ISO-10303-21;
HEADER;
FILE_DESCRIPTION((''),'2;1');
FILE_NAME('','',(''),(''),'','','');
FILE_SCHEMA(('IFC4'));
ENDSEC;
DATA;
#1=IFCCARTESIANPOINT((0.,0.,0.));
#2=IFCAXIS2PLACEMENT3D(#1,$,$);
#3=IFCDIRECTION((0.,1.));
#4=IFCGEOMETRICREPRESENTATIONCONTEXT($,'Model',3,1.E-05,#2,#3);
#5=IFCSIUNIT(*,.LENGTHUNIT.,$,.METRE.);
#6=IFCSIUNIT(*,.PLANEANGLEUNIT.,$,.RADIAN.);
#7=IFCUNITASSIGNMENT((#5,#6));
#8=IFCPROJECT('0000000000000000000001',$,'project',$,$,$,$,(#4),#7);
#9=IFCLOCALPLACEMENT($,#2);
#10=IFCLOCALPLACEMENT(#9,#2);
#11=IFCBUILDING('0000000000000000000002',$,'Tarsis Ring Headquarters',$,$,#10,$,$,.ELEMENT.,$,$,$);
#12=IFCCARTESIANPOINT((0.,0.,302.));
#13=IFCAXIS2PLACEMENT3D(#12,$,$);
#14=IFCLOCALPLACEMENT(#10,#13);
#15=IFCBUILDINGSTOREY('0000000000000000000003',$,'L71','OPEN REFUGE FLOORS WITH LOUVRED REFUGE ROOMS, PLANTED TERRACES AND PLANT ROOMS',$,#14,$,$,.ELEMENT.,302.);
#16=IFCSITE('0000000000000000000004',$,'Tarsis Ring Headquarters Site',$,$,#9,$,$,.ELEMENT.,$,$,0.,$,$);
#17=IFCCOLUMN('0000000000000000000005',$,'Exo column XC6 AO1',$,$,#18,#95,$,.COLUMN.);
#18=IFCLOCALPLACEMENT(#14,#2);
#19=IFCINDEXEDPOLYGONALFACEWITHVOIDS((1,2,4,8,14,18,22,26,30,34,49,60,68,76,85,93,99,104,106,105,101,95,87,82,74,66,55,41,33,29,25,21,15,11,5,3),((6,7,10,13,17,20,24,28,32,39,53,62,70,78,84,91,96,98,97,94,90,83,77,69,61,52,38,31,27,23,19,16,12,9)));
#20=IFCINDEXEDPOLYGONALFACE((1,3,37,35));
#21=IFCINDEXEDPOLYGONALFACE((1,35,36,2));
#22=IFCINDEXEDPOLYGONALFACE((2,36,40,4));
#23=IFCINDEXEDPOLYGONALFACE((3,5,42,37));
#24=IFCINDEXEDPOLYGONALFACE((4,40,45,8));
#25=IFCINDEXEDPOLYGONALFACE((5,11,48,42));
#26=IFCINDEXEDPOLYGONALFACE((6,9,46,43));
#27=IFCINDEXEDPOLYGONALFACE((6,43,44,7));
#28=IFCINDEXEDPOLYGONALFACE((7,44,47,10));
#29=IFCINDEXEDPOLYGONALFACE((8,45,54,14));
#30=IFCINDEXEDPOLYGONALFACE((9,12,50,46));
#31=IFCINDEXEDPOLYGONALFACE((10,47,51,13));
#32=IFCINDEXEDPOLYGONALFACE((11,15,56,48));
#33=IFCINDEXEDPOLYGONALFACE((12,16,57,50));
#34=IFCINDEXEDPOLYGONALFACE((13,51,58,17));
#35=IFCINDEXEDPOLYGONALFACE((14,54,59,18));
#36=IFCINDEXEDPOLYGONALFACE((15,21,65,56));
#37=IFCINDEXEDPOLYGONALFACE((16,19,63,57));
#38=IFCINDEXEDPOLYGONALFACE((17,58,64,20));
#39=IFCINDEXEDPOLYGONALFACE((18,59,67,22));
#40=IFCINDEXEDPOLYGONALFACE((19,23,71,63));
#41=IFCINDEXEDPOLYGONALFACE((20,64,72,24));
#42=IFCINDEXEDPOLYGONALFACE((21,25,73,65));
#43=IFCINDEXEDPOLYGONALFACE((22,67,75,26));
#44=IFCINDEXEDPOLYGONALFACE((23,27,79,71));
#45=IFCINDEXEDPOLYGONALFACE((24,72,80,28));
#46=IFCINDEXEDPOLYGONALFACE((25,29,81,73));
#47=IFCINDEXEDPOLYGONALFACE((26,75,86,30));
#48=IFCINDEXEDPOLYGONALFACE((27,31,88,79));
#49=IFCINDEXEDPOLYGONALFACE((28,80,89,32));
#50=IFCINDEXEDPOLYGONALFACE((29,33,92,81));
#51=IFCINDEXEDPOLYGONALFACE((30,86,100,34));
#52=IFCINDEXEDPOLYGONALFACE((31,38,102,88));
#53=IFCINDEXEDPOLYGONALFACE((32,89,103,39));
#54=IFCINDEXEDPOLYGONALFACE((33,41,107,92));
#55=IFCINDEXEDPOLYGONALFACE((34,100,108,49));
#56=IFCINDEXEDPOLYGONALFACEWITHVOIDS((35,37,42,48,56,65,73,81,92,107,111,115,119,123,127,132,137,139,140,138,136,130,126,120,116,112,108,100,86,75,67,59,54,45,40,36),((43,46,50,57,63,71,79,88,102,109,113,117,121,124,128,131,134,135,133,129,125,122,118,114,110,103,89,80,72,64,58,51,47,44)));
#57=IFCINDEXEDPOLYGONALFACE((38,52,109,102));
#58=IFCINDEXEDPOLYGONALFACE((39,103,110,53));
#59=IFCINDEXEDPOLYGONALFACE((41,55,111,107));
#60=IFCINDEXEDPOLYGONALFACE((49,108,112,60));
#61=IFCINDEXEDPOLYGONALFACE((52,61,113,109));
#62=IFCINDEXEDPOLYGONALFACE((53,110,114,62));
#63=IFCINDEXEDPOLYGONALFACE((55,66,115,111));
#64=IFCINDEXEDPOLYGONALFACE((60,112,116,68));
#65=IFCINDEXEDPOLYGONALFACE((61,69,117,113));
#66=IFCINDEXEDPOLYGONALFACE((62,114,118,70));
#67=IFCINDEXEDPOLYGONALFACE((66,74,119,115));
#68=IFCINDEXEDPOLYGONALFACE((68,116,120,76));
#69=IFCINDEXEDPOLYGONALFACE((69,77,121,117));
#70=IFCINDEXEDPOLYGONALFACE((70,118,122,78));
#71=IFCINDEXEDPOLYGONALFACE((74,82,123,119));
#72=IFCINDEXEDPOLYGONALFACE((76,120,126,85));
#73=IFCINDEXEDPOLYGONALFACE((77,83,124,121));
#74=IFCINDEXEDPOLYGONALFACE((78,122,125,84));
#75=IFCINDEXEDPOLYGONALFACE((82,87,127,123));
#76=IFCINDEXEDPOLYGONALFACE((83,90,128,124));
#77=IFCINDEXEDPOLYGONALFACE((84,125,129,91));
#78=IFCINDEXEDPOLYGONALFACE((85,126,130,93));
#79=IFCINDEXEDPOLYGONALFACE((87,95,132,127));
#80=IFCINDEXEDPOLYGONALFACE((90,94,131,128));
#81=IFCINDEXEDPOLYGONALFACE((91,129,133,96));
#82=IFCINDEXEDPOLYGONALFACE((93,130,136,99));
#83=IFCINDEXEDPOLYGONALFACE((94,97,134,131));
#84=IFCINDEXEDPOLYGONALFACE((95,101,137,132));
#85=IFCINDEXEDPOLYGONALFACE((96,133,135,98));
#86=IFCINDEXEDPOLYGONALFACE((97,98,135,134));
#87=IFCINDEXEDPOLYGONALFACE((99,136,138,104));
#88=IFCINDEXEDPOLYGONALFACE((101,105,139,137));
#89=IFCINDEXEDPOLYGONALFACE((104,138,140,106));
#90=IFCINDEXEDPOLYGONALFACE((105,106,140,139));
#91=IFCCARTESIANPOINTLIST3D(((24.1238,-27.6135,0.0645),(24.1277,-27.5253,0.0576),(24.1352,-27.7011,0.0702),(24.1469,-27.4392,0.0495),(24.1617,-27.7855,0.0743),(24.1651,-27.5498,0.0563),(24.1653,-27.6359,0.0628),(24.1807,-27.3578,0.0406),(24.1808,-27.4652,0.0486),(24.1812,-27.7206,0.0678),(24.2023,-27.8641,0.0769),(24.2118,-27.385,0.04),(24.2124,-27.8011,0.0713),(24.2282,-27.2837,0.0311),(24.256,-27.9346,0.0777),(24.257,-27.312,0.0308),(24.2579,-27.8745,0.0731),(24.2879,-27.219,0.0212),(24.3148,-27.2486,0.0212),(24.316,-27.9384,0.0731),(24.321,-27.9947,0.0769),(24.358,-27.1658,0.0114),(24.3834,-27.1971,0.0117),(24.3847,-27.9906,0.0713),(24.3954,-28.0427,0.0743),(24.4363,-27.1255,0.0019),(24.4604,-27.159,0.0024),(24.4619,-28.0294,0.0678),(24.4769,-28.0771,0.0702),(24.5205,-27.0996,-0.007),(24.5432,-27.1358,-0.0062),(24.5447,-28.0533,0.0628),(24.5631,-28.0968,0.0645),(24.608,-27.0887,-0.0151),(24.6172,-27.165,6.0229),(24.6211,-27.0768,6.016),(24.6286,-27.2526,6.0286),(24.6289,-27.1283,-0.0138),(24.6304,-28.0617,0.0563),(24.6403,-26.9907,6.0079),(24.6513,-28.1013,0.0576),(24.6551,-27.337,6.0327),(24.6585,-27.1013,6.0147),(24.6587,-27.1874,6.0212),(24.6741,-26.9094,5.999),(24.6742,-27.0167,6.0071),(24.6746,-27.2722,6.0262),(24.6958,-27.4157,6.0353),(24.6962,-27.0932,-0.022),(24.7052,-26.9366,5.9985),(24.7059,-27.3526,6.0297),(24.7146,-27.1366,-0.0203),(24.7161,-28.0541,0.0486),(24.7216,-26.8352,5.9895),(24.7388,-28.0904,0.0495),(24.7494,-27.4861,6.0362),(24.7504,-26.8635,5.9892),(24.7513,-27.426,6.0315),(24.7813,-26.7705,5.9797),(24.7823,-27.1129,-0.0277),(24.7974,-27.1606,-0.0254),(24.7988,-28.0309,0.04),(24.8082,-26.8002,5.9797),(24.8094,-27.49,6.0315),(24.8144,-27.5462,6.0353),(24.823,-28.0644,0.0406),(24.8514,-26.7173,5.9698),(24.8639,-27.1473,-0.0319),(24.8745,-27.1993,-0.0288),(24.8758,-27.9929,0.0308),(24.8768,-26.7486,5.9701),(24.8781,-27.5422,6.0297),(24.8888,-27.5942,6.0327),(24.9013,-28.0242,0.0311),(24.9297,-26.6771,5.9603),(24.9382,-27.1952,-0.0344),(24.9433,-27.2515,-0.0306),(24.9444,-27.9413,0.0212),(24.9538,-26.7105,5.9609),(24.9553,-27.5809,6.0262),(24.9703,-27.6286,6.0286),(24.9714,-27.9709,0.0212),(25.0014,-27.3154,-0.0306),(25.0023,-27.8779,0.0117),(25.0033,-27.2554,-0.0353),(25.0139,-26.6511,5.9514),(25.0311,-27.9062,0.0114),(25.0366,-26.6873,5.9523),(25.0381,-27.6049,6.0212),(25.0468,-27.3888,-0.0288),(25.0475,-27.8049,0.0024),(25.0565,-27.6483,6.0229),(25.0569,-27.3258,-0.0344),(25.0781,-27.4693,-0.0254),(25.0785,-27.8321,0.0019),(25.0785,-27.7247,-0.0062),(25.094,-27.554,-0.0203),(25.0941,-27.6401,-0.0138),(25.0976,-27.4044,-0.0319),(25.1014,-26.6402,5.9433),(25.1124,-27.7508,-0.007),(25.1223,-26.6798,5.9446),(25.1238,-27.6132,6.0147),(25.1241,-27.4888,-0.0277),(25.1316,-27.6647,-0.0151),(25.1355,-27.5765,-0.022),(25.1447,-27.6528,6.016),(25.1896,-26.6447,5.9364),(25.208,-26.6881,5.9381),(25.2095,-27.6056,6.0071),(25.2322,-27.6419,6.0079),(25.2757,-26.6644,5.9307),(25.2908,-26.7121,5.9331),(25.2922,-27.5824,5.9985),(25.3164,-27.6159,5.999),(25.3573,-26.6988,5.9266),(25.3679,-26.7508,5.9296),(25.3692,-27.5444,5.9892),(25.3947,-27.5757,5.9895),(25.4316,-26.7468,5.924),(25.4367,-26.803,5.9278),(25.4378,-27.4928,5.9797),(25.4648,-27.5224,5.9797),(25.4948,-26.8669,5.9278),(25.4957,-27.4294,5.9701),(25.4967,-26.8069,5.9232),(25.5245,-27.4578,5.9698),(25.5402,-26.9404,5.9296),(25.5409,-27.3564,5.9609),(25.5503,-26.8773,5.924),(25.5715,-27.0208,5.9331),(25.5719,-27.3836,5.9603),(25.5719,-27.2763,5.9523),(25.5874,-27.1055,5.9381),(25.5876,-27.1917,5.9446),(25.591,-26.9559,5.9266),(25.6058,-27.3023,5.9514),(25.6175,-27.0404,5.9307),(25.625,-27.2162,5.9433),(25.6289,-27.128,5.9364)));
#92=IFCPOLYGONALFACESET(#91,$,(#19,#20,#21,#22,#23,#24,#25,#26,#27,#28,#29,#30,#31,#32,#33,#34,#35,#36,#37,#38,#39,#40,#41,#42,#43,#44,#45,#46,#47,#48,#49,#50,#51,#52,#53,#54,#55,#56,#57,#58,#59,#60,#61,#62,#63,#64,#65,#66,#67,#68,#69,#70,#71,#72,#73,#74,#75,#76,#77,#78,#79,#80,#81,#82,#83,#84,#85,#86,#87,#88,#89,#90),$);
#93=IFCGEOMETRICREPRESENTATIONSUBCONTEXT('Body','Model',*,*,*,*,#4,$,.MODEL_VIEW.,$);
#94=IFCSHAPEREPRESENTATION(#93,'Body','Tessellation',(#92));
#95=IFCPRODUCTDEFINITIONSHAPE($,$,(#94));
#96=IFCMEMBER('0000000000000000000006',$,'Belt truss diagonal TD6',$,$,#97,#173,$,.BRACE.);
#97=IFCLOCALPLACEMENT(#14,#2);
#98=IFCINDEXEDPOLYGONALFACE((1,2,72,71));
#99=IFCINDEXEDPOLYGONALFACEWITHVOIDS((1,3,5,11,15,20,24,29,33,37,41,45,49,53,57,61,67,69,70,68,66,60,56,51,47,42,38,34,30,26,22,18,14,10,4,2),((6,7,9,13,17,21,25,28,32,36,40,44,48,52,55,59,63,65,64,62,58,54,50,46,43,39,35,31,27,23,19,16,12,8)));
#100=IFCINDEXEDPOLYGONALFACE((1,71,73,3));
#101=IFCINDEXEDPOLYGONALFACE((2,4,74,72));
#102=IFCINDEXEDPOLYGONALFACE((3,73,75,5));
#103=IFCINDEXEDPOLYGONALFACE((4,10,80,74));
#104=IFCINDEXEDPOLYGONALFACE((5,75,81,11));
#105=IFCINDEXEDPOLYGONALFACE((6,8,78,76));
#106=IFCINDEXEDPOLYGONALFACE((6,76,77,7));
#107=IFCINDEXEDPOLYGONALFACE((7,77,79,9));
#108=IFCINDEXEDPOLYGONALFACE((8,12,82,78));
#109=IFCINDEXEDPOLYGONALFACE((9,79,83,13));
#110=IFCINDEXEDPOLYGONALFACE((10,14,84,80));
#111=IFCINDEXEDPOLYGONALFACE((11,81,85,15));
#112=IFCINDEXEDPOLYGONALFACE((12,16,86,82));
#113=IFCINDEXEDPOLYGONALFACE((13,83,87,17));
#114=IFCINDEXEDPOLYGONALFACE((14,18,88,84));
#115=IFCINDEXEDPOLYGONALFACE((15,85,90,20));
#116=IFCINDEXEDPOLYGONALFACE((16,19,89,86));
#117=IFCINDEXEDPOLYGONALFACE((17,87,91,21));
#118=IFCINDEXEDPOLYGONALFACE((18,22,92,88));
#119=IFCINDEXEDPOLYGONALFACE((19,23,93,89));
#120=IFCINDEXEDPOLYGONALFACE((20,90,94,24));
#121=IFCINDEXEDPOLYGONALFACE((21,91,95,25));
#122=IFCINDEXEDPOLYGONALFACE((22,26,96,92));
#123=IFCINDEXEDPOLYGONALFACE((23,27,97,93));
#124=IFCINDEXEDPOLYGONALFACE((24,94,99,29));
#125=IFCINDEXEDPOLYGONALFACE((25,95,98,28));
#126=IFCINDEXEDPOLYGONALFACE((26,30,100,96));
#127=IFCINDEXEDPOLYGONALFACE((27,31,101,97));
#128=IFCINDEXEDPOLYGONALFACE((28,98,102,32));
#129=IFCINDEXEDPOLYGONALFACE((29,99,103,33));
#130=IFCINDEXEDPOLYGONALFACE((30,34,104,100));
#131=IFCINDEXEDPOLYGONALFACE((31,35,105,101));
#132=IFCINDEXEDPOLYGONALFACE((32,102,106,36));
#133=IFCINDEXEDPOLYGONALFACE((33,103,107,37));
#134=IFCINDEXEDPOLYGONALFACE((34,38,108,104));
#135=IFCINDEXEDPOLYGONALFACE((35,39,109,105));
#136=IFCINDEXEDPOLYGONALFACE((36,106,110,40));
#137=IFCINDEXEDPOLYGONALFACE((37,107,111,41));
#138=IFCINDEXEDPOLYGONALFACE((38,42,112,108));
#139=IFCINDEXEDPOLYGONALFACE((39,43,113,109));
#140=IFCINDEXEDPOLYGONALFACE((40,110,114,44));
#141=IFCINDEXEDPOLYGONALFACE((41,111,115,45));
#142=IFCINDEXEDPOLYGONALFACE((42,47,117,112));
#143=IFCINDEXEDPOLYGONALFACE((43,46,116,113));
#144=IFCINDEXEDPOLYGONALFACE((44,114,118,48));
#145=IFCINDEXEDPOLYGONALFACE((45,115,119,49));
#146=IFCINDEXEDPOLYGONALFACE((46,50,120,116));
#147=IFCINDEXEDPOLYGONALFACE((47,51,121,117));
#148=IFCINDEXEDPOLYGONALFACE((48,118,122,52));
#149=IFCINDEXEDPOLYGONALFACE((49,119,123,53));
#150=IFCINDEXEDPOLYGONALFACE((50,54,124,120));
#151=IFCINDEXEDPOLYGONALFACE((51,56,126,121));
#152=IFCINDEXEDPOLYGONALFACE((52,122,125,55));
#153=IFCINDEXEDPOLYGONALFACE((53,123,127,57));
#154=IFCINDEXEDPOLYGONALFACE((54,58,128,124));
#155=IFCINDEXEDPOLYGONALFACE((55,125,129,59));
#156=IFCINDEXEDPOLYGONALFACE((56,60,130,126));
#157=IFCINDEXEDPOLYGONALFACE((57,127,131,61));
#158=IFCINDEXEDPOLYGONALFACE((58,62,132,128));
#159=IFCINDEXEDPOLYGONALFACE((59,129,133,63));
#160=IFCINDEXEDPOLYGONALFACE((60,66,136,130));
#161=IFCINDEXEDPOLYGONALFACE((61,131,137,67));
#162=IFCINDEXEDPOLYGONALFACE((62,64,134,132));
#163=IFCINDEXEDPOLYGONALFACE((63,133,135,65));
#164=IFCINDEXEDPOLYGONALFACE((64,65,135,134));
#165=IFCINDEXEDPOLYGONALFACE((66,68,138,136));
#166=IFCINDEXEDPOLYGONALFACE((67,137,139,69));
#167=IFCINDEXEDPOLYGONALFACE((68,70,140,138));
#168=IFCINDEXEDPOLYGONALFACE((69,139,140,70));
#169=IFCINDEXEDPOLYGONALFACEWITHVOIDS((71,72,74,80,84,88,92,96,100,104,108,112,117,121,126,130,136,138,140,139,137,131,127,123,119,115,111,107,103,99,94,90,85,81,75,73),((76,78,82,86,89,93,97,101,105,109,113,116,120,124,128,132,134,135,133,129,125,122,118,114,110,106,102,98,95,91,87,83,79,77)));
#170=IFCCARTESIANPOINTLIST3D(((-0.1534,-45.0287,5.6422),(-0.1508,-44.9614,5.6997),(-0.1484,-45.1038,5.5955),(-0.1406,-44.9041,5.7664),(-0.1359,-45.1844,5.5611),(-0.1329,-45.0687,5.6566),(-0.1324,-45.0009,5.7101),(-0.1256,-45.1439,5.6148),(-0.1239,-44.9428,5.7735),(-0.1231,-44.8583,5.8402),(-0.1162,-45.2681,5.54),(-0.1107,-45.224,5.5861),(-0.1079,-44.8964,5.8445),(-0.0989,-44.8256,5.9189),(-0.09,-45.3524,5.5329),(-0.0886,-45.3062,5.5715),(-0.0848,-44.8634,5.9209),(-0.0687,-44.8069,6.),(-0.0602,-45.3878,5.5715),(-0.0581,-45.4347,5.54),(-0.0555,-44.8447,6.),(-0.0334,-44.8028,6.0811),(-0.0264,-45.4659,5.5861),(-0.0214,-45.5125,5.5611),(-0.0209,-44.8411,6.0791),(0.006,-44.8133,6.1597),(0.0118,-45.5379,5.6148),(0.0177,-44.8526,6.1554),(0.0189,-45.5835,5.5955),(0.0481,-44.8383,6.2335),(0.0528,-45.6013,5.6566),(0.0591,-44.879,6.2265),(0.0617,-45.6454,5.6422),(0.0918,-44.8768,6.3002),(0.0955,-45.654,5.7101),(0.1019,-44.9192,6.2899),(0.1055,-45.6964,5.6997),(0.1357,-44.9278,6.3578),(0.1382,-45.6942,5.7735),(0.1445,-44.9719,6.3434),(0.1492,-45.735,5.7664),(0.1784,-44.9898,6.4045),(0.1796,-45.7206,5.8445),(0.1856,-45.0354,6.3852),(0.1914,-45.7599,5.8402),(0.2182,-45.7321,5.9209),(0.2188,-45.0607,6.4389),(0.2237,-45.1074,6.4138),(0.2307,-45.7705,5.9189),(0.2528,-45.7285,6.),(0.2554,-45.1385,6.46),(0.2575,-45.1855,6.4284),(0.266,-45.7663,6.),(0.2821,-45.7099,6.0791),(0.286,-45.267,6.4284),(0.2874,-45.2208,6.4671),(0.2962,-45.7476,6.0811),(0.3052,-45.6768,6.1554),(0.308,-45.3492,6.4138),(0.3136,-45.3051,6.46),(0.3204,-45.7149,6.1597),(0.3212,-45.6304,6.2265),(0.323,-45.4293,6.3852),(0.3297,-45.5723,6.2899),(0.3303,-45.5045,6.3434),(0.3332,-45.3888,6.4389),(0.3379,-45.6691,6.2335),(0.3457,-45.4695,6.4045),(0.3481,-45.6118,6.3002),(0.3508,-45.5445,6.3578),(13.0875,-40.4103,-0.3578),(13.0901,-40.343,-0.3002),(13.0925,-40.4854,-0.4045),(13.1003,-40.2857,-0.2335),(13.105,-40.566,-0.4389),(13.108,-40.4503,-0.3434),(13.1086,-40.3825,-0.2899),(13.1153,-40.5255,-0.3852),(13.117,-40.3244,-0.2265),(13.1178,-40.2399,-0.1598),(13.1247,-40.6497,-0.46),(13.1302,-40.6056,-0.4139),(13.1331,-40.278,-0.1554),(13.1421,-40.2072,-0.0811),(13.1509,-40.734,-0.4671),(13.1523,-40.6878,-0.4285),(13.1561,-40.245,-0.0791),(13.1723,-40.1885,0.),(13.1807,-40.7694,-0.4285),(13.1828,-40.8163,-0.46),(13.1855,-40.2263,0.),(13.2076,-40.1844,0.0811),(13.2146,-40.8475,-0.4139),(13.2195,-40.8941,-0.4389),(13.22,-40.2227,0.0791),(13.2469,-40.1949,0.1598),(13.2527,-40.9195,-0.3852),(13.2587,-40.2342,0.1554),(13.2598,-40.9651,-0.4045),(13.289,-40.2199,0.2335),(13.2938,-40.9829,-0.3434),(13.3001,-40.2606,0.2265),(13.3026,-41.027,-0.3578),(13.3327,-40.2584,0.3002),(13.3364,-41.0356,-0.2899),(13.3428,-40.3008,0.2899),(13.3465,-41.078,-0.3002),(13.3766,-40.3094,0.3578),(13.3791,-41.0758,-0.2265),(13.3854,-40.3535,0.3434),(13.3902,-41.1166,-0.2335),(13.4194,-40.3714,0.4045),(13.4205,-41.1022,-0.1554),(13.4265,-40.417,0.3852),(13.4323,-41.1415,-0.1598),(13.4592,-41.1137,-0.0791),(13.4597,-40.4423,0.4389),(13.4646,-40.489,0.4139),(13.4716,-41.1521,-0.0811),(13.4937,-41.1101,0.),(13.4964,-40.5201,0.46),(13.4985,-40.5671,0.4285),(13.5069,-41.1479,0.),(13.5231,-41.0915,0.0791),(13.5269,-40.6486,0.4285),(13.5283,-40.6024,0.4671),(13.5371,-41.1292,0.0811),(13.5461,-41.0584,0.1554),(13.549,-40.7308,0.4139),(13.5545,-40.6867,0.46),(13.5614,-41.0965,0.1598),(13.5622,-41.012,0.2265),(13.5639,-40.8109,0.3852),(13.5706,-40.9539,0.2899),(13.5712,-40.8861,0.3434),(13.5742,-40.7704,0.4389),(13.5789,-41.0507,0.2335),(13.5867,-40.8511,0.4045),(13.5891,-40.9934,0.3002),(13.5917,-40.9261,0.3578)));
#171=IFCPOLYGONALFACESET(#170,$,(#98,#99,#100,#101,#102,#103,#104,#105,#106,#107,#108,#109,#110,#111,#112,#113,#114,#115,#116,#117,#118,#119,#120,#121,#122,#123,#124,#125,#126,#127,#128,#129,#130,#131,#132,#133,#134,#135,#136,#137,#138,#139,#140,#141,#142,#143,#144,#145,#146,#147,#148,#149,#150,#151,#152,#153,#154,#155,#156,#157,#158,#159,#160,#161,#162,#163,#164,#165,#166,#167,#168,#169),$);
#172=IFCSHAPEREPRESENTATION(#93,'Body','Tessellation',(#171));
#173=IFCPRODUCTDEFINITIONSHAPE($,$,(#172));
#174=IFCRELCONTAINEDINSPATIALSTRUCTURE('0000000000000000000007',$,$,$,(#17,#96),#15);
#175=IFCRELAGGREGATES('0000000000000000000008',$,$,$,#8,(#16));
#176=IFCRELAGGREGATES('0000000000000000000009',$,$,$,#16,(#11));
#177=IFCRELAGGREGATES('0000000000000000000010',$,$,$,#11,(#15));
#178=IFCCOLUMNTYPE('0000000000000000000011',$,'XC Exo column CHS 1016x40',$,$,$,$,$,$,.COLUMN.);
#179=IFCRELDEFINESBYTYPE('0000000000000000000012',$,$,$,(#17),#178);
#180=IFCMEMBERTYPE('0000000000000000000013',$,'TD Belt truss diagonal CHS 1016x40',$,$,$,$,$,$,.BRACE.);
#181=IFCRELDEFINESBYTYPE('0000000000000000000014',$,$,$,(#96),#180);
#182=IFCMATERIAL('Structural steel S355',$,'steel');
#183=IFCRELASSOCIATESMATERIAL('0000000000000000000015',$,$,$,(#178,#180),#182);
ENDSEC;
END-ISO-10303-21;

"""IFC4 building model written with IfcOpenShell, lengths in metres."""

from ifc_helpers import new_model, si_unit, direction, frame, origin, origin_2d, place, context, subcontext, project, spatial, hollow_circle, extrude, material, material_profile, profile_set, type_object, element, save


model = new_model("IFC4")

# Units and contexts
model_context = context("Model", 3, precision=1e-05, world=origin(), true_north=direction((0.0, 1.0)))
body_context = subcontext(model_context, "Body", "Model", "MODEL_VIEW")
ifc_project = project(units=[si_unit("LENGTHUNIT", "METRE"), si_unit("PLANEANGLEUNIT", "RADIAN")], contexts=[model_context])

# Site, building, storey
site_placement = place(None, origin())
site = spatial("IfcSite", under=ifc_project, at=site_placement, Name="Tarsis Ring Headquarters Site", CompositionType="ELEMENT", RefElevation=0.0)
building_placement = place(site_placement, origin())
building = spatial("IfcBuilding", under=site, at=building_placement, Name="Tarsis Ring Headquarters", CompositionType="ELEMENT")
storey_placement = place(building_placement, frame((0.0, 0.0, 302.0)))
storey = spatial("IfcBuildingStorey", under=building, at=storey_placement, Name="L71", Description="OPEN REFUGE FLOORS WITH LOUVRED REFUGE ROOMS, PLANTED TERRACES AND PLANT ROOMS", CompositionType="ELEMENT", Elevation=302.0)

# Column
ifc_material_1 = material(Name="Structural steel S355", Category="steel")
ifc_material_profile_1 = material_profile(ifc_material_1, hollow_circle(Radius=0.5081, WallThickness=0.04, at=origin_2d()), Name="CHS 1016x40")
ifc_profile_set_1 = profile_set([ifc_material_profile_1], Name="Structural steel S355")
column_type = type_object("IfcColumnType", Name="XC Exo column CHS 1016x40", PredefinedType="COLUMN", material=ifc_profile_set_1)
column_1_placement = place(storey_placement, frame((24.6296, -27.595, 0.0212), z_axis=(0.082294, 0.074801, 0.993797), x_axis=(-0.672618, 0.73999, 0.0)))
element("IfcColumn", 1, at=column_1_placement, inside=storey, type_object=column_type, Name="Exo column XC6 AO1", PredefinedType="COLUMN", context=body_context, shape_type="SweptSolid", body=[
    extrude(hollow_circle(Radius=0.5081, WallThickness=0.04, at=origin_2d()), origin(), (0.0, 0.0, 1.0), 5.9956),
])

# Member
member_type = type_object("IfcMemberType", Name="TD Belt truss diagonal CHS 1016x40", PredefinedType="BRACE", material=ifc_profile_set_1)
member_1_placement = place(storey_placement, frame((13.3396, -40.6682, 0.0), z_axis=(-0.868091, -0.302788, 0.393366), x_axis=(0.329338, -0.944212, 0.0)))
element("IfcMember", 2, at=member_1_placement, inside=storey, type_object=member_type, Name="Belt truss diagonal TD6", PredefinedType="BRACE", context=body_context, shape_type="SweptSolid", body=[
    extrude(hollow_circle(Radius=0.5081, WallThickness=0.04, at=origin_2d()), origin(), (0.0, 0.0, 1.0), 15.2529),
])

save(model, "model.ifc")
